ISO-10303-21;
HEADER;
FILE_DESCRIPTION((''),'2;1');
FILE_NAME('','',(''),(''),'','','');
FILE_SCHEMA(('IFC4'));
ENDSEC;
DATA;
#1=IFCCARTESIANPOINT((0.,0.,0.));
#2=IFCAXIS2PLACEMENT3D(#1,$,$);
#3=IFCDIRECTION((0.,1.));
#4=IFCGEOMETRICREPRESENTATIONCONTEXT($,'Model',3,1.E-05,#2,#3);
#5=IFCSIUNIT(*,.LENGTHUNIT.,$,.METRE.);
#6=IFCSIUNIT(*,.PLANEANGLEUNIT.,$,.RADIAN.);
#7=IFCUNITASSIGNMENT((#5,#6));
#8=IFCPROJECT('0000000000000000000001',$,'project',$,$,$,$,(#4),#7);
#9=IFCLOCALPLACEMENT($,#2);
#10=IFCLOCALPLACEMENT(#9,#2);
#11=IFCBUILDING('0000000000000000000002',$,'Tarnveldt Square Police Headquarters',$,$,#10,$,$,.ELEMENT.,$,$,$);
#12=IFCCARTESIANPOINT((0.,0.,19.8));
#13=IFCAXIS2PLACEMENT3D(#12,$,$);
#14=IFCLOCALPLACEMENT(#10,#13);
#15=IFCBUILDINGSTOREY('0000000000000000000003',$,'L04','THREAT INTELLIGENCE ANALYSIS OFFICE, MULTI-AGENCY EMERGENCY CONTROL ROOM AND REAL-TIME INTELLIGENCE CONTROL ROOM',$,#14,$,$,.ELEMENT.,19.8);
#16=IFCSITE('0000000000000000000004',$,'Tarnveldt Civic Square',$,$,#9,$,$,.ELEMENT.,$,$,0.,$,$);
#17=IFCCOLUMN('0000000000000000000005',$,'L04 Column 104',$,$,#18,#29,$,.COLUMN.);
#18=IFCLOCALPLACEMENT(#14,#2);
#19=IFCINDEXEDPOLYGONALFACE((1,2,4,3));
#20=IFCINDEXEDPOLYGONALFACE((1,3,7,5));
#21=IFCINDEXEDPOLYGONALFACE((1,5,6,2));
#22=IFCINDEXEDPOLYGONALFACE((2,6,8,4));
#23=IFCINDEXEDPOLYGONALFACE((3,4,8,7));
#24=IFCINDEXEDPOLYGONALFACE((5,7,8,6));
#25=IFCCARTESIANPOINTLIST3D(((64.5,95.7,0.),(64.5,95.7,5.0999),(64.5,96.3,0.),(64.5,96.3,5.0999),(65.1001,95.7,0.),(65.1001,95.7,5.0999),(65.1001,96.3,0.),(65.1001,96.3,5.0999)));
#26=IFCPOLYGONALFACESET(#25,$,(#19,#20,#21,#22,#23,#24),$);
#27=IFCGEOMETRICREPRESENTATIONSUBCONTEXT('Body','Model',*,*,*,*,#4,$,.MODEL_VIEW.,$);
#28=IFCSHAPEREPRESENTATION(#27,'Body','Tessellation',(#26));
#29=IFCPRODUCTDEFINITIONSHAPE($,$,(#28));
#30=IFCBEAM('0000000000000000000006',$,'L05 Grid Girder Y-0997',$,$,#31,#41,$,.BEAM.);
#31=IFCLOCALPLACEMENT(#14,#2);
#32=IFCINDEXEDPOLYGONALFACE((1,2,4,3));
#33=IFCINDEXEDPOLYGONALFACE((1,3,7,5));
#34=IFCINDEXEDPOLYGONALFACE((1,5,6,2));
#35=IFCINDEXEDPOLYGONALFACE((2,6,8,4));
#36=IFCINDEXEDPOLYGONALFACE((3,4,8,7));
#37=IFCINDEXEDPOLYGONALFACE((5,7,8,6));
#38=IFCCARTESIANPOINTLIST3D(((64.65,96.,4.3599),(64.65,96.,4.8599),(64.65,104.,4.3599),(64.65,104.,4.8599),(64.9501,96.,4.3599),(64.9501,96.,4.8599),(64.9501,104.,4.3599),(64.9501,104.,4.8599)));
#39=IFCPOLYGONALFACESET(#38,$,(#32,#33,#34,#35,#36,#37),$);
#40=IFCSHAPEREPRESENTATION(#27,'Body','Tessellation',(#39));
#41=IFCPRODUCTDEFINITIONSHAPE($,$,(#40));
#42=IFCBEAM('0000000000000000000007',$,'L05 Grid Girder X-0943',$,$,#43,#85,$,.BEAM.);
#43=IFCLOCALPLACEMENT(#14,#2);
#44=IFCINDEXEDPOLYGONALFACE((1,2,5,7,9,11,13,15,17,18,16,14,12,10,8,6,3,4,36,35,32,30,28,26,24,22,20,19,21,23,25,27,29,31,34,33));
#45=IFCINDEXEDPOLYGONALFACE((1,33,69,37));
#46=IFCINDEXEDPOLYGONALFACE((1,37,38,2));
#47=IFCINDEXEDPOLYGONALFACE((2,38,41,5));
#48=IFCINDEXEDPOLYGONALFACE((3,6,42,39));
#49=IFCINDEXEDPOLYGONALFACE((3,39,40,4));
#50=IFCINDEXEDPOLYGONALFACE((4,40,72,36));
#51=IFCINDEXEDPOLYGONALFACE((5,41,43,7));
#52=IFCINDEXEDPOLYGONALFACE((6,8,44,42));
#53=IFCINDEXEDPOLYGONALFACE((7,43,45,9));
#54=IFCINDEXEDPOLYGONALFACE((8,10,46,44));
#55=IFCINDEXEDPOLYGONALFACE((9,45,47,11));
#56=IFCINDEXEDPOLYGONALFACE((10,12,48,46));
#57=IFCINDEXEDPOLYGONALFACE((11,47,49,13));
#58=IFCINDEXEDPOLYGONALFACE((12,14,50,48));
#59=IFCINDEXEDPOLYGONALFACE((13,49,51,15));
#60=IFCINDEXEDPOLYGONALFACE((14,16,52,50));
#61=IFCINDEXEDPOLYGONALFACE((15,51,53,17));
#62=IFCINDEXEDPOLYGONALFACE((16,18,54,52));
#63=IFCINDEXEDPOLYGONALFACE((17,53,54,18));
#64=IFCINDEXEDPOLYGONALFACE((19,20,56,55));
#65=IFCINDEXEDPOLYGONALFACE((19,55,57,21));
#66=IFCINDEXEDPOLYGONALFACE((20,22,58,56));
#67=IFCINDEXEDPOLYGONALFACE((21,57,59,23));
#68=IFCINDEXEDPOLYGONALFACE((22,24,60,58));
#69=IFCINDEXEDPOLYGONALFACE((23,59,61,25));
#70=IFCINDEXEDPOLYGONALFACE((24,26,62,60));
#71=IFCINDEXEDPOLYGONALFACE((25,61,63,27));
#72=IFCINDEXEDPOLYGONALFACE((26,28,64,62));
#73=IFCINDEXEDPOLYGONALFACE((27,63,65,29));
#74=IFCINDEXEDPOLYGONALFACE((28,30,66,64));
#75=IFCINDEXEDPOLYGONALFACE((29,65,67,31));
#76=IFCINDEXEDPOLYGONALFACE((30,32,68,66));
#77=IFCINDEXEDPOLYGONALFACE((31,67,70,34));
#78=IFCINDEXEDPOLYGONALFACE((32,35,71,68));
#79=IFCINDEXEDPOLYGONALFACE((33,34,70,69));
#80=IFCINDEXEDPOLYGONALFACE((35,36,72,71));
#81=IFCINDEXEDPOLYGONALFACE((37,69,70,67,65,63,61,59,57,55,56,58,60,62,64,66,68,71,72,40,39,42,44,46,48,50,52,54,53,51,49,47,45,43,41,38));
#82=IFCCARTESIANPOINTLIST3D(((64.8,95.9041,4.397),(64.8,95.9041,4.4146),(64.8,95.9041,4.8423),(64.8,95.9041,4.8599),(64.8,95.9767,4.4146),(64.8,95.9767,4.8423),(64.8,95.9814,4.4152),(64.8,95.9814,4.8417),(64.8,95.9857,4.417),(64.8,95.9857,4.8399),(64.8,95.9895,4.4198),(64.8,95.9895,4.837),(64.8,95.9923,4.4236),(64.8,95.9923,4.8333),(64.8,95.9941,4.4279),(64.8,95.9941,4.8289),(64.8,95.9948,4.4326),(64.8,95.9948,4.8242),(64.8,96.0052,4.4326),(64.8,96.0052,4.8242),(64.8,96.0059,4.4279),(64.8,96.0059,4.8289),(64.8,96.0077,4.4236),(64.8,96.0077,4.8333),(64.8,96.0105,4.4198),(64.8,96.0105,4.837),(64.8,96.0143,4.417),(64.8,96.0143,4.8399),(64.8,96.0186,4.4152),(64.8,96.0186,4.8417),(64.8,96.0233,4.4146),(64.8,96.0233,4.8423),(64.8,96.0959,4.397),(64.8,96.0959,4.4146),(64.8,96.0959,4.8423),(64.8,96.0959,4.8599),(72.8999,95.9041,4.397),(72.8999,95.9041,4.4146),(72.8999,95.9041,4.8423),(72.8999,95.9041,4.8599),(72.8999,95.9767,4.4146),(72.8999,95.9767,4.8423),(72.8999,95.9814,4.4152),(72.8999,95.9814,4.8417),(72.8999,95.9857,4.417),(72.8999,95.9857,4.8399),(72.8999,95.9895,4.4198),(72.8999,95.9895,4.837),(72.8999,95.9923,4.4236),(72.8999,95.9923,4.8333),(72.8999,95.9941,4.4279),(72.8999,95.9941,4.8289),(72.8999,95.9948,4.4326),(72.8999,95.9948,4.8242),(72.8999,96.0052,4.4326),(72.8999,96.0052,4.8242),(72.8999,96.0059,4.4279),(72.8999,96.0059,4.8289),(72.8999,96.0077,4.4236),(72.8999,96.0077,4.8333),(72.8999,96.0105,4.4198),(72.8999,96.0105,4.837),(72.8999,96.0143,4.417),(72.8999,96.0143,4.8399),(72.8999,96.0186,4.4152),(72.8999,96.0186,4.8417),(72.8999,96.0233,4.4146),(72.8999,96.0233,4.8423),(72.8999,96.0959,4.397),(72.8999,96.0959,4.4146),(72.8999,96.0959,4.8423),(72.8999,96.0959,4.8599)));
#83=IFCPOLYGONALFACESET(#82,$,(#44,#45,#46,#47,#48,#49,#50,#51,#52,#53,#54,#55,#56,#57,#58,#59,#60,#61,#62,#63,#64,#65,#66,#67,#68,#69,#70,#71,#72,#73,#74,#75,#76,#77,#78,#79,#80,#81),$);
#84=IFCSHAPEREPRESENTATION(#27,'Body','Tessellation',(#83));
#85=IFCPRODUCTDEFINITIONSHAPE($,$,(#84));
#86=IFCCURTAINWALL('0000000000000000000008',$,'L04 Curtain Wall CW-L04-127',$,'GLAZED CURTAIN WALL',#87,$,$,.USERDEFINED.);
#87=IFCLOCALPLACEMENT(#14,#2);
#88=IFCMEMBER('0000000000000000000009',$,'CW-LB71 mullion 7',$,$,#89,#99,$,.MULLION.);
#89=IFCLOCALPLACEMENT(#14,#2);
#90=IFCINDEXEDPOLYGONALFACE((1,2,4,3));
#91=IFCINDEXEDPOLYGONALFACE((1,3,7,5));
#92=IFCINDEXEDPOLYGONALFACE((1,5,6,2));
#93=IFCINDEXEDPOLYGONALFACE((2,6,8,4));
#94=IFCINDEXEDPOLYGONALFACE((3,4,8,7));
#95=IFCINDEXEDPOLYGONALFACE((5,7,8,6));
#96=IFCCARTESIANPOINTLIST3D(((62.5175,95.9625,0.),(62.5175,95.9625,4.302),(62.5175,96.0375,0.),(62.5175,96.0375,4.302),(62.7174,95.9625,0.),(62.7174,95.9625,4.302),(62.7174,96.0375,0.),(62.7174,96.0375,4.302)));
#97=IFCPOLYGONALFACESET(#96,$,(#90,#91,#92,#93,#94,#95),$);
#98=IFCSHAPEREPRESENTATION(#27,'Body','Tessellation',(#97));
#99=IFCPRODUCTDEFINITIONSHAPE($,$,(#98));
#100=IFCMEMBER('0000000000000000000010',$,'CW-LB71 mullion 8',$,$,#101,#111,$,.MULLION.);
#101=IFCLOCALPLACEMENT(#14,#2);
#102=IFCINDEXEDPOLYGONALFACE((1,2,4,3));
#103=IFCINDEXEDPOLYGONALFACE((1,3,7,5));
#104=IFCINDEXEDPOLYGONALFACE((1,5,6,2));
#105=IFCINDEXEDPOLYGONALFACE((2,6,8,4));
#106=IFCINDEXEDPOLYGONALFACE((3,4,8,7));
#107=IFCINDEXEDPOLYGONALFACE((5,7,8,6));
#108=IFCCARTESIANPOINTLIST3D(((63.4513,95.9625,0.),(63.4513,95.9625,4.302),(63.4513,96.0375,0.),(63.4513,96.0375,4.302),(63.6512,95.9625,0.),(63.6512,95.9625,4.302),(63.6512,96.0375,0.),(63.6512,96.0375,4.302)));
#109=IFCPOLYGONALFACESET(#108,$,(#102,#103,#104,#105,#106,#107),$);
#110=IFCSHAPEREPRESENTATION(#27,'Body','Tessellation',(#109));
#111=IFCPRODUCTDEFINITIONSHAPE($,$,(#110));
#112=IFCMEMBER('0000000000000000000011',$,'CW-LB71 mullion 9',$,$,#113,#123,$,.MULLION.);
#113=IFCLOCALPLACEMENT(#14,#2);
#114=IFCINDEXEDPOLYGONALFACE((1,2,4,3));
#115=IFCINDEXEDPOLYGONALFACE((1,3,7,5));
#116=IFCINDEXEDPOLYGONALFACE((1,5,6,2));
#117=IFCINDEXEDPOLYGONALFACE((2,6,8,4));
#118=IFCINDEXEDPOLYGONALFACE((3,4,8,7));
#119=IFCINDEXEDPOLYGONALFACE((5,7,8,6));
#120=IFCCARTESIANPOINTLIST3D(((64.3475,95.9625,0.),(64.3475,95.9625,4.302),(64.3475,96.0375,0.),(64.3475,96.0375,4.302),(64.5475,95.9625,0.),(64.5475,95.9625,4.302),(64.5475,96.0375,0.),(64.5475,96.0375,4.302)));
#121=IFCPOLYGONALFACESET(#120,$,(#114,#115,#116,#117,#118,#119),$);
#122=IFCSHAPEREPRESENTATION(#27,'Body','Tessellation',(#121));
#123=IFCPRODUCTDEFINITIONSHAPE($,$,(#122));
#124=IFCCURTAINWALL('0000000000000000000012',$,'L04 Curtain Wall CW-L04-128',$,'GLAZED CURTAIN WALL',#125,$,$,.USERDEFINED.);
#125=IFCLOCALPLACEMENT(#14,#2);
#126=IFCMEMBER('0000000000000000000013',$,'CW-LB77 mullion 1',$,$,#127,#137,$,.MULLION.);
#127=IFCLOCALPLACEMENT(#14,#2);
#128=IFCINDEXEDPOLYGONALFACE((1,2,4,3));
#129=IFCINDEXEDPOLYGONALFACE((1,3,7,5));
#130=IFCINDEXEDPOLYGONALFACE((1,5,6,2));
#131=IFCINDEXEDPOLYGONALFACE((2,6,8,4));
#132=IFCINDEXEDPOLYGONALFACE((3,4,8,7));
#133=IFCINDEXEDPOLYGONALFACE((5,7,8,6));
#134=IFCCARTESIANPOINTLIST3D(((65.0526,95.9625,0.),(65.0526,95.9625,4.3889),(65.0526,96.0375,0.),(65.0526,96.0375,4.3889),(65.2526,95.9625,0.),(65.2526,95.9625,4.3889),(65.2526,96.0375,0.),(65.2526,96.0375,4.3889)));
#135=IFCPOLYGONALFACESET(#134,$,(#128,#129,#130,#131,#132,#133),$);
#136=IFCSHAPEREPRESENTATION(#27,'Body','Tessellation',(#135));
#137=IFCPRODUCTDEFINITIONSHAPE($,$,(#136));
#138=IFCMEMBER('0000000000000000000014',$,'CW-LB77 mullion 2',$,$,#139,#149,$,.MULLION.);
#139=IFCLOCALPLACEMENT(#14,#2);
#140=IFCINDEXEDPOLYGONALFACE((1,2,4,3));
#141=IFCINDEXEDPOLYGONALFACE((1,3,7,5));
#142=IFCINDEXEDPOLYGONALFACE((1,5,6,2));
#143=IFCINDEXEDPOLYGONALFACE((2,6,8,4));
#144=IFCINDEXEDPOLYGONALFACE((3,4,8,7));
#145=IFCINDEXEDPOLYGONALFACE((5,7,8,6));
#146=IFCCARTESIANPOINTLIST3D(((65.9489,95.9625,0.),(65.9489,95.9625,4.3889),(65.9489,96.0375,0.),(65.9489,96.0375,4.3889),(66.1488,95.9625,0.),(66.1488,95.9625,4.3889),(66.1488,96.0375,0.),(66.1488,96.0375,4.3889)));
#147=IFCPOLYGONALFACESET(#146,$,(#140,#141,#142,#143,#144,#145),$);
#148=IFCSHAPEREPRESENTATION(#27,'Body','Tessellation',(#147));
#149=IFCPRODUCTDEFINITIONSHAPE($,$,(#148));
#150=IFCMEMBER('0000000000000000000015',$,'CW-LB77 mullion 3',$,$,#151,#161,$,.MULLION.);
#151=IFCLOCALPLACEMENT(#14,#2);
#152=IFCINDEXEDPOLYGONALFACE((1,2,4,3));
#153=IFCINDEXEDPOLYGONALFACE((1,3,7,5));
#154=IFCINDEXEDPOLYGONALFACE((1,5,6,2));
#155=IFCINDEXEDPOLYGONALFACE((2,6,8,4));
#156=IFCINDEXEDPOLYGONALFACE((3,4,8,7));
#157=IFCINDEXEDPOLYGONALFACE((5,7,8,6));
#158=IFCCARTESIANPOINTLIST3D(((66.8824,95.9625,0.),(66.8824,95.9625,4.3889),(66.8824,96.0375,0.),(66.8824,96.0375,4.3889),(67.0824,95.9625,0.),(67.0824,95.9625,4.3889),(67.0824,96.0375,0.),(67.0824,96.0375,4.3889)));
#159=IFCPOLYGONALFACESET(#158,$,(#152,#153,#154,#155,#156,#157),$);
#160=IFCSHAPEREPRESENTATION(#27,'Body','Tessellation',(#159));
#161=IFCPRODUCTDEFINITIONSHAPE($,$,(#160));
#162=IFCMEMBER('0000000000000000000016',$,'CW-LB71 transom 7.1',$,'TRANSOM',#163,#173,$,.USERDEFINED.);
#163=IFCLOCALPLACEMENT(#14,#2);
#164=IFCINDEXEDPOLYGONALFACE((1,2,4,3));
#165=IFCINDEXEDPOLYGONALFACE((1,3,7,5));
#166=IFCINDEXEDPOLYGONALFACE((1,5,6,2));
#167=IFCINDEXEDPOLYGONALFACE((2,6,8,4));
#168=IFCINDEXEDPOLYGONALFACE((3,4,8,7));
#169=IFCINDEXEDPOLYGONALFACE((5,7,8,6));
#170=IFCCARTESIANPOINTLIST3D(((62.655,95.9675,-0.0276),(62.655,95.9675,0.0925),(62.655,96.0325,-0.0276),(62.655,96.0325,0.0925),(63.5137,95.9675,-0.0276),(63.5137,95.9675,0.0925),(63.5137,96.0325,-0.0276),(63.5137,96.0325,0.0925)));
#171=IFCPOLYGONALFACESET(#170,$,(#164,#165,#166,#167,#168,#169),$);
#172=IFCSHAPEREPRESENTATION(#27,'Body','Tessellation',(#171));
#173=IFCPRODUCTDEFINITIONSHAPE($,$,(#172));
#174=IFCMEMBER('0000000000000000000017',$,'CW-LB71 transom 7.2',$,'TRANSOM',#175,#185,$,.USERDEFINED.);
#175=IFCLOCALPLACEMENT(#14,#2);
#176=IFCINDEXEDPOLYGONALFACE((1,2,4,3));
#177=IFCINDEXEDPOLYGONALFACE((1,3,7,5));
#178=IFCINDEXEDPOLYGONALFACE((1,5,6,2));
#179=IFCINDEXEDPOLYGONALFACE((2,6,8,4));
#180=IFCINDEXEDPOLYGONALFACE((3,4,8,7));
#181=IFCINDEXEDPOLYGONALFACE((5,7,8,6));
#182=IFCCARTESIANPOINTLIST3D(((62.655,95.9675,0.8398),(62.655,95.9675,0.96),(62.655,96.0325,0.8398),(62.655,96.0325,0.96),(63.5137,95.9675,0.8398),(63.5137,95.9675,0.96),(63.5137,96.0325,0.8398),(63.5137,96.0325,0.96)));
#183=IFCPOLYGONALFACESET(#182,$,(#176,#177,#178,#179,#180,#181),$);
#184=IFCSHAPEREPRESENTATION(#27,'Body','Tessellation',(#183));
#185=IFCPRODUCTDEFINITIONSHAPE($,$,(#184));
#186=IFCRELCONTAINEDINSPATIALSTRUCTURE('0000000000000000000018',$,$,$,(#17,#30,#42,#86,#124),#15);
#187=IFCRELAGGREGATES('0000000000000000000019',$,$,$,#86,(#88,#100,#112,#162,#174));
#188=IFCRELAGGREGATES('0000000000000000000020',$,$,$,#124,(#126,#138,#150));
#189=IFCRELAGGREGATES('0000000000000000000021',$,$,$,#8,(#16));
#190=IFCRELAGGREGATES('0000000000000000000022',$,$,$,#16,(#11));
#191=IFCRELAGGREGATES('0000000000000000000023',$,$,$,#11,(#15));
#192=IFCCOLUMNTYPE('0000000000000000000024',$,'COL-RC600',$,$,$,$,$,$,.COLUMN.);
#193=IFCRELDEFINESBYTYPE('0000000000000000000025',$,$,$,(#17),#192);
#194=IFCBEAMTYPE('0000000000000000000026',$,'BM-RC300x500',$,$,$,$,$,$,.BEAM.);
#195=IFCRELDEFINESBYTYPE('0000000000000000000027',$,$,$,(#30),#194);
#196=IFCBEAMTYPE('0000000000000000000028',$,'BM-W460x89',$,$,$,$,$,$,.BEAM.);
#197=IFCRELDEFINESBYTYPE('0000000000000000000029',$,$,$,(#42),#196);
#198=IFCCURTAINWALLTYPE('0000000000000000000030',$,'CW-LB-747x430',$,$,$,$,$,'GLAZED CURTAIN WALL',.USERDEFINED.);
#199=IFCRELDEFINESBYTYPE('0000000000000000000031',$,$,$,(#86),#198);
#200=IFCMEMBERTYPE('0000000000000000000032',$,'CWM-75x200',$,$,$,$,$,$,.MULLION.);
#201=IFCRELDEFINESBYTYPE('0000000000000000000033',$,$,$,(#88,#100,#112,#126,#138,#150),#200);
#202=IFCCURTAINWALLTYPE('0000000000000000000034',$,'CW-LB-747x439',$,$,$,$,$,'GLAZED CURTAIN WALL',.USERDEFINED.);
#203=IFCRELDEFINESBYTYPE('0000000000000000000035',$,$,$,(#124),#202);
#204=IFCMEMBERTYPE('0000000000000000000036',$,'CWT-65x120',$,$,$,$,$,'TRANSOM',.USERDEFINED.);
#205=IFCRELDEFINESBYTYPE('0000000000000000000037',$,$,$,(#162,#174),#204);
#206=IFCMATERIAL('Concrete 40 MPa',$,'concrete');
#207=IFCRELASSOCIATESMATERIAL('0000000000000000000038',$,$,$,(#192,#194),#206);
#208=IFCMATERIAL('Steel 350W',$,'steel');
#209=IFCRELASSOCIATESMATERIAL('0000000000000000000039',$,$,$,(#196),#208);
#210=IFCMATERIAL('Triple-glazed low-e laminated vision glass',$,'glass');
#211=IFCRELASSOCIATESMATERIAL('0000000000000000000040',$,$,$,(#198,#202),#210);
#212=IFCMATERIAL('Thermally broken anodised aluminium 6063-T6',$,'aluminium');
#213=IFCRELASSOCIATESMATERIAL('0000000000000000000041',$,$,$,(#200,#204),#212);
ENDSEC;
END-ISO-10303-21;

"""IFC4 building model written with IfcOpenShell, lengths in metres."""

from ifc_helpers import new_model, si_unit, direction, frame, origin, origin_2d, place, context, subcontext, project, spatial, rectangle, i_section, extrude, material, material_profile, profile_set, type_object, element, aggregate, save


model = new_model("IFC4")

# Units and contexts
model_context = context("Model", 3, precision=1e-05, world=origin(), true_north=direction((0.0, 1.0)))
body_context = subcontext(model_context, "Body", "Model", "MODEL_VIEW")
ifc_project = project(units=[si_unit("LENGTHUNIT", "METRE"), si_unit("PLANEANGLEUNIT", "RADIAN")], contexts=[model_context])

# Site, building, storey
site_placement = place(None, origin())
site = spatial("IfcSite", under=ifc_project, at=site_placement, Name="Tarnveldt Civic Square", CompositionType="ELEMENT", RefElevation=0.0)
building_placement = place(site_placement, origin())
building = spatial("IfcBuilding", under=site, at=building_placement, Name="Tarnveldt Square Police Headquarters", CompositionType="ELEMENT")
storey_placement = place(building_placement, frame((0.0, 0.0, 19.8)))
storey = spatial("IfcBuildingStorey", under=building, at=storey_placement, Name="L04", Description="THREAT INTELLIGENCE ANALYSIS OFFICE, MULTI-AGENCY EMERGENCY CONTROL ROOM AND REAL-TIME INTELLIGENCE CONTROL ROOM", CompositionType="ELEMENT", Elevation=19.8)

# Column
ifc_material_1 = material(Name="Concrete 40 MPa", Category="concrete")
ifc_material_profile_1 = material_profile(ifc_material_1, rectangle(XDim=0.6001, YDim=0.6001, at=origin_2d()), Name="RC-C600x600")
ifc_profile_set_1 = profile_set([ifc_material_profile_1], Name="Concrete 40 MPa")
column_type = type_object("IfcColumnType", Name="COL-RC600", PredefinedType="COLUMN", material=ifc_profile_set_1)
column_placement = place(storey_placement, frame((64.8, 96.0, 0.0), z_axis=(0.0, 0.0, 1.0), x_axis=(1.0, 0.0, 0.0)))
element("IfcColumn", 1, at=column_placement, inside=storey, type_object=column_type, Name="L04 Column 104", PredefinedType="COLUMN", context=body_context, shape_type="SweptSolid", body=[
    extrude(rectangle(XDim=0.6001, YDim=0.6001, at=origin_2d()), origin(), (0.0, 0.0, 1.0), 5.0999),
])

# Beams
ifc_material_profile_2 = material_profile(ifc_material_1, rectangle(XDim=0.3, YDim=0.5, at=origin_2d()), Name="RC-B300x500")
ifc_profile_set_2 = profile_set([ifc_material_profile_2], Name="Concrete 40 MPa")
beam_type_1 = type_object("IfcBeamType", Name="BM-RC300x500", PredefinedType="BEAM", material=ifc_profile_set_2)
beam_1_placement = place(storey_placement, frame((64.8, 96.0, 4.6099), z_axis=(0.0, 1.0, 0.0), x_axis=(-1.0, 0.0, 0.0)))
element("IfcBeam", 2, at=beam_1_placement, inside=storey, type_object=beam_type_1, Name="L05 Grid Girder Y-0997", PredefinedType="BEAM", context=body_context, shape_type="SweptSolid", body=[
    extrude(rectangle(XDim=0.3, YDim=0.5, at=origin_2d()), origin(), (0.0, 0.0, 1.0), 8.0),
])
ifc_material_2 = material(Name="Steel 350W", Category="steel")
ifc_material_profile_3 = material_profile(ifc_material_2, i_section(OverallWidth=0.1919, OverallDepth=0.4629, WebThickness=0.0105, FlangeThickness=0.0176, FilletRadius=0.0181, at=origin_2d()), Name="W460x89")
ifc_profile_set_3 = profile_set([ifc_material_profile_3], Name="Steel 350W")
beam_type_2 = type_object("IfcBeamType", Name="BM-W460x89", PredefinedType="BEAM", material=ifc_profile_set_3)
beam_2_placement = place(storey_placement, frame((64.8, 96.0, 4.6284), z_axis=(1.0, 0.0, 0.0), x_axis=(0.0, 1.0, 0.0)))
element("IfcBeam", 3, at=beam_2_placement, inside=storey, type_object=beam_type_2, Name="L05 Grid Girder X-0943", PredefinedType="BEAM", context=body_context, shape_type="SweptSolid", body=[
    extrude(i_section(OverallWidth=0.1919, OverallDepth=0.4629, WebThickness=0.0105, FlangeThickness=0.0176, FilletRadius=0.0181, at=origin_2d()), origin(), (0.0, 0.0, 1.0), 8.0999),
])

# Curtain walls, members
ifc_material_3 = material(Name="Triple-glazed low-e laminated vision glass", Category="glass")
curtain_wall_type_1 = type_object("IfcCurtainWallType", Name="CW-LB-747x430", ElementType="GLAZED CURTAIN WALL", PredefinedType="USERDEFINED", material=ifc_material_3)
curtain_wall_1_placement = place(storey_placement, origin())
curtain_wall_1 = element("IfcCurtainWall", 4, at=curtain_wall_1_placement, inside=storey, type_object=curtain_wall_type_1, Name="L04 Curtain Wall CW-L04-127", ObjectType="GLAZED CURTAIN WALL", PredefinedType="USERDEFINED")
ifc_material_4 = material(Name="Thermally broken anodised aluminium 6063-T6", Category="aluminium")
ifc_material_profile_4 = material_profile(ifc_material_4, rectangle(XDim=0.075, YDim=0.2, at=origin_2d()), Name="CW-M75x200")
ifc_profile_set_4 = profile_set([ifc_material_profile_4], Name="Thermally broken anodised aluminium 6063-T6")
member_type_1 = type_object("IfcMemberType", Name="CWM-75x200", PredefinedType="MULLION", material=ifc_profile_set_4)
member_1_placement = place(storey_placement, frame((62.6174, 96.0, 0.0), z_axis=(0.0, 0.0, 1.0), x_axis=(0.0, 1.0, 0.0)))
member_1 = element("IfcMember", 5, at=member_1_placement, type_object=member_type_1, Name="CW-LB71 mullion 7", PredefinedType="MULLION", context=body_context, shape_type="SweptSolid", body=[
    extrude(rectangle(XDim=0.075, YDim=0.2, at=origin_2d()), origin(), (0.0, 0.0, 1.0), 4.302),
])
member_2_placement = place(storey_placement, frame((63.5513, 96.0, 0.0), z_axis=(0.0, 0.0, 1.0), x_axis=(0.0, 1.0, 0.0)))
member_2 = element("IfcMember", 6, at=member_2_placement, type_object=member_type_1, Name="CW-LB71 mullion 8", PredefinedType="MULLION", context=body_context, shape_type="SweptSolid", body=[
    extrude(rectangle(XDim=0.075, YDim=0.2, at=origin_2d()), origin(), (0.0, 0.0, 1.0), 4.302),
])
member_3_placement = place(storey_placement, frame((64.4475, 96.0, 0.0), z_axis=(0.0, 0.0, 1.0), x_axis=(0.0, 1.0, 0.0)))
member_3 = element("IfcMember", 7, at=member_3_placement, type_object=member_type_1, Name="CW-LB71 mullion 9", PredefinedType="MULLION", context=body_context, shape_type="SweptSolid", body=[
    extrude(rectangle(XDim=0.075, YDim=0.2, at=origin_2d()), origin(), (0.0, 0.0, 1.0), 4.302),
])
curtain_wall_type_2 = type_object("IfcCurtainWallType", Name="CW-LB-747x439", ElementType="GLAZED CURTAIN WALL", PredefinedType="USERDEFINED", material=ifc_material_3)
curtain_wall_2_placement = place(storey_placement, origin())
curtain_wall_2 = element("IfcCurtainWall", 8, at=curtain_wall_2_placement, inside=storey, type_object=curtain_wall_type_2, Name="L04 Curtain Wall CW-L04-128", ObjectType="GLAZED CURTAIN WALL", PredefinedType="USERDEFINED")
member_4_placement = place(storey_placement, frame((65.1526, 96.0, 0.0), z_axis=(0.0, 0.0, 1.0), x_axis=(0.0, 1.0, 0.0)))
member_4 = element("IfcMember", 9, at=member_4_placement, type_object=member_type_1, Name="CW-LB77 mullion 1", PredefinedType="MULLION", context=body_context, shape_type="SweptSolid", body=[
    extrude(rectangle(XDim=0.075, YDim=0.2, at=origin_2d()), origin(), (0.0, 0.0, 1.0), 4.3889),
])
member_5_placement = place(storey_placement, frame((66.0488, 96.0, 0.0), z_axis=(0.0, 0.0, 1.0), x_axis=(0.0, 1.0, 0.0)))
member_5 = element("IfcMember", 10, at=member_5_placement, type_object=member_type_1, Name="CW-LB77 mullion 2", PredefinedType="MULLION", context=body_context, shape_type="SweptSolid", body=[
    extrude(rectangle(XDim=0.075, YDim=0.2, at=origin_2d()), origin(), (0.0, 0.0, 1.0), 4.3889),
])
member_6_placement = place(storey_placement, frame((66.9824, 96.0, 0.0), z_axis=(0.0, 0.0, 1.0), x_axis=(0.0, 1.0, 0.0)))
member_6 = element("IfcMember", 11, at=member_6_placement, type_object=member_type_1, Name="CW-LB77 mullion 3", PredefinedType="MULLION", context=body_context, shape_type="SweptSolid", body=[
    extrude(rectangle(XDim=0.075, YDim=0.2, at=origin_2d()), origin(), (0.0, 0.0, 1.0), 4.3889),
])

# Members
ifc_material_profile_5 = material_profile(ifc_material_4, rectangle(XDim=0.0649, YDim=0.1201, at=origin_2d()), Name="CW-T65x120")
ifc_profile_set_5 = profile_set([ifc_material_profile_5], Name="Thermally broken anodised aluminium 6063-T6")
member_type_2 = type_object("IfcMemberType", Name="CWT-65x120", ElementType="TRANSOM", PredefinedType="USERDEFINED", material=ifc_profile_set_5)
member_7_placement = place(storey_placement, frame((62.655, 96.0, 0.0325), z_axis=(1.0, 0.0, 0.0), x_axis=(0.0, 1.0, 0.0)))
member_7 = element("IfcMember", 12, at=member_7_placement, type_object=member_type_2, Name="CW-LB71 transom 7.1", ObjectType="TRANSOM", PredefinedType="USERDEFINED", context=body_context, shape_type="SweptSolid", body=[
    extrude(rectangle(XDim=0.0649, YDim=0.1201, at=origin_2d()), origin(), (0.0, 0.0, 1.0), 0.8586),
])
member_8_placement = place(storey_placement, frame((62.655, 96.0, 0.8999), z_axis=(1.0, 0.0, 0.0), x_axis=(0.0, 1.0, 0.0)))
member_8 = element("IfcMember", 13, at=member_8_placement, type_object=member_type_2, Name="CW-LB71 transom 7.2", ObjectType="TRANSOM", PredefinedType="USERDEFINED", context=body_context, shape_type="SweptSolid", body=[
    extrude(rectangle(XDim=0.0649, YDim=0.1201, at=origin_2d()), origin(), (0.0, 0.0, 1.0), 0.8586),
])

aggregate(curtain_wall_1, [member_1, member_2, member_3, member_7, member_8])
aggregate(curtain_wall_2, [member_4, member_5, member_6])

save(model, "model.ifc")
